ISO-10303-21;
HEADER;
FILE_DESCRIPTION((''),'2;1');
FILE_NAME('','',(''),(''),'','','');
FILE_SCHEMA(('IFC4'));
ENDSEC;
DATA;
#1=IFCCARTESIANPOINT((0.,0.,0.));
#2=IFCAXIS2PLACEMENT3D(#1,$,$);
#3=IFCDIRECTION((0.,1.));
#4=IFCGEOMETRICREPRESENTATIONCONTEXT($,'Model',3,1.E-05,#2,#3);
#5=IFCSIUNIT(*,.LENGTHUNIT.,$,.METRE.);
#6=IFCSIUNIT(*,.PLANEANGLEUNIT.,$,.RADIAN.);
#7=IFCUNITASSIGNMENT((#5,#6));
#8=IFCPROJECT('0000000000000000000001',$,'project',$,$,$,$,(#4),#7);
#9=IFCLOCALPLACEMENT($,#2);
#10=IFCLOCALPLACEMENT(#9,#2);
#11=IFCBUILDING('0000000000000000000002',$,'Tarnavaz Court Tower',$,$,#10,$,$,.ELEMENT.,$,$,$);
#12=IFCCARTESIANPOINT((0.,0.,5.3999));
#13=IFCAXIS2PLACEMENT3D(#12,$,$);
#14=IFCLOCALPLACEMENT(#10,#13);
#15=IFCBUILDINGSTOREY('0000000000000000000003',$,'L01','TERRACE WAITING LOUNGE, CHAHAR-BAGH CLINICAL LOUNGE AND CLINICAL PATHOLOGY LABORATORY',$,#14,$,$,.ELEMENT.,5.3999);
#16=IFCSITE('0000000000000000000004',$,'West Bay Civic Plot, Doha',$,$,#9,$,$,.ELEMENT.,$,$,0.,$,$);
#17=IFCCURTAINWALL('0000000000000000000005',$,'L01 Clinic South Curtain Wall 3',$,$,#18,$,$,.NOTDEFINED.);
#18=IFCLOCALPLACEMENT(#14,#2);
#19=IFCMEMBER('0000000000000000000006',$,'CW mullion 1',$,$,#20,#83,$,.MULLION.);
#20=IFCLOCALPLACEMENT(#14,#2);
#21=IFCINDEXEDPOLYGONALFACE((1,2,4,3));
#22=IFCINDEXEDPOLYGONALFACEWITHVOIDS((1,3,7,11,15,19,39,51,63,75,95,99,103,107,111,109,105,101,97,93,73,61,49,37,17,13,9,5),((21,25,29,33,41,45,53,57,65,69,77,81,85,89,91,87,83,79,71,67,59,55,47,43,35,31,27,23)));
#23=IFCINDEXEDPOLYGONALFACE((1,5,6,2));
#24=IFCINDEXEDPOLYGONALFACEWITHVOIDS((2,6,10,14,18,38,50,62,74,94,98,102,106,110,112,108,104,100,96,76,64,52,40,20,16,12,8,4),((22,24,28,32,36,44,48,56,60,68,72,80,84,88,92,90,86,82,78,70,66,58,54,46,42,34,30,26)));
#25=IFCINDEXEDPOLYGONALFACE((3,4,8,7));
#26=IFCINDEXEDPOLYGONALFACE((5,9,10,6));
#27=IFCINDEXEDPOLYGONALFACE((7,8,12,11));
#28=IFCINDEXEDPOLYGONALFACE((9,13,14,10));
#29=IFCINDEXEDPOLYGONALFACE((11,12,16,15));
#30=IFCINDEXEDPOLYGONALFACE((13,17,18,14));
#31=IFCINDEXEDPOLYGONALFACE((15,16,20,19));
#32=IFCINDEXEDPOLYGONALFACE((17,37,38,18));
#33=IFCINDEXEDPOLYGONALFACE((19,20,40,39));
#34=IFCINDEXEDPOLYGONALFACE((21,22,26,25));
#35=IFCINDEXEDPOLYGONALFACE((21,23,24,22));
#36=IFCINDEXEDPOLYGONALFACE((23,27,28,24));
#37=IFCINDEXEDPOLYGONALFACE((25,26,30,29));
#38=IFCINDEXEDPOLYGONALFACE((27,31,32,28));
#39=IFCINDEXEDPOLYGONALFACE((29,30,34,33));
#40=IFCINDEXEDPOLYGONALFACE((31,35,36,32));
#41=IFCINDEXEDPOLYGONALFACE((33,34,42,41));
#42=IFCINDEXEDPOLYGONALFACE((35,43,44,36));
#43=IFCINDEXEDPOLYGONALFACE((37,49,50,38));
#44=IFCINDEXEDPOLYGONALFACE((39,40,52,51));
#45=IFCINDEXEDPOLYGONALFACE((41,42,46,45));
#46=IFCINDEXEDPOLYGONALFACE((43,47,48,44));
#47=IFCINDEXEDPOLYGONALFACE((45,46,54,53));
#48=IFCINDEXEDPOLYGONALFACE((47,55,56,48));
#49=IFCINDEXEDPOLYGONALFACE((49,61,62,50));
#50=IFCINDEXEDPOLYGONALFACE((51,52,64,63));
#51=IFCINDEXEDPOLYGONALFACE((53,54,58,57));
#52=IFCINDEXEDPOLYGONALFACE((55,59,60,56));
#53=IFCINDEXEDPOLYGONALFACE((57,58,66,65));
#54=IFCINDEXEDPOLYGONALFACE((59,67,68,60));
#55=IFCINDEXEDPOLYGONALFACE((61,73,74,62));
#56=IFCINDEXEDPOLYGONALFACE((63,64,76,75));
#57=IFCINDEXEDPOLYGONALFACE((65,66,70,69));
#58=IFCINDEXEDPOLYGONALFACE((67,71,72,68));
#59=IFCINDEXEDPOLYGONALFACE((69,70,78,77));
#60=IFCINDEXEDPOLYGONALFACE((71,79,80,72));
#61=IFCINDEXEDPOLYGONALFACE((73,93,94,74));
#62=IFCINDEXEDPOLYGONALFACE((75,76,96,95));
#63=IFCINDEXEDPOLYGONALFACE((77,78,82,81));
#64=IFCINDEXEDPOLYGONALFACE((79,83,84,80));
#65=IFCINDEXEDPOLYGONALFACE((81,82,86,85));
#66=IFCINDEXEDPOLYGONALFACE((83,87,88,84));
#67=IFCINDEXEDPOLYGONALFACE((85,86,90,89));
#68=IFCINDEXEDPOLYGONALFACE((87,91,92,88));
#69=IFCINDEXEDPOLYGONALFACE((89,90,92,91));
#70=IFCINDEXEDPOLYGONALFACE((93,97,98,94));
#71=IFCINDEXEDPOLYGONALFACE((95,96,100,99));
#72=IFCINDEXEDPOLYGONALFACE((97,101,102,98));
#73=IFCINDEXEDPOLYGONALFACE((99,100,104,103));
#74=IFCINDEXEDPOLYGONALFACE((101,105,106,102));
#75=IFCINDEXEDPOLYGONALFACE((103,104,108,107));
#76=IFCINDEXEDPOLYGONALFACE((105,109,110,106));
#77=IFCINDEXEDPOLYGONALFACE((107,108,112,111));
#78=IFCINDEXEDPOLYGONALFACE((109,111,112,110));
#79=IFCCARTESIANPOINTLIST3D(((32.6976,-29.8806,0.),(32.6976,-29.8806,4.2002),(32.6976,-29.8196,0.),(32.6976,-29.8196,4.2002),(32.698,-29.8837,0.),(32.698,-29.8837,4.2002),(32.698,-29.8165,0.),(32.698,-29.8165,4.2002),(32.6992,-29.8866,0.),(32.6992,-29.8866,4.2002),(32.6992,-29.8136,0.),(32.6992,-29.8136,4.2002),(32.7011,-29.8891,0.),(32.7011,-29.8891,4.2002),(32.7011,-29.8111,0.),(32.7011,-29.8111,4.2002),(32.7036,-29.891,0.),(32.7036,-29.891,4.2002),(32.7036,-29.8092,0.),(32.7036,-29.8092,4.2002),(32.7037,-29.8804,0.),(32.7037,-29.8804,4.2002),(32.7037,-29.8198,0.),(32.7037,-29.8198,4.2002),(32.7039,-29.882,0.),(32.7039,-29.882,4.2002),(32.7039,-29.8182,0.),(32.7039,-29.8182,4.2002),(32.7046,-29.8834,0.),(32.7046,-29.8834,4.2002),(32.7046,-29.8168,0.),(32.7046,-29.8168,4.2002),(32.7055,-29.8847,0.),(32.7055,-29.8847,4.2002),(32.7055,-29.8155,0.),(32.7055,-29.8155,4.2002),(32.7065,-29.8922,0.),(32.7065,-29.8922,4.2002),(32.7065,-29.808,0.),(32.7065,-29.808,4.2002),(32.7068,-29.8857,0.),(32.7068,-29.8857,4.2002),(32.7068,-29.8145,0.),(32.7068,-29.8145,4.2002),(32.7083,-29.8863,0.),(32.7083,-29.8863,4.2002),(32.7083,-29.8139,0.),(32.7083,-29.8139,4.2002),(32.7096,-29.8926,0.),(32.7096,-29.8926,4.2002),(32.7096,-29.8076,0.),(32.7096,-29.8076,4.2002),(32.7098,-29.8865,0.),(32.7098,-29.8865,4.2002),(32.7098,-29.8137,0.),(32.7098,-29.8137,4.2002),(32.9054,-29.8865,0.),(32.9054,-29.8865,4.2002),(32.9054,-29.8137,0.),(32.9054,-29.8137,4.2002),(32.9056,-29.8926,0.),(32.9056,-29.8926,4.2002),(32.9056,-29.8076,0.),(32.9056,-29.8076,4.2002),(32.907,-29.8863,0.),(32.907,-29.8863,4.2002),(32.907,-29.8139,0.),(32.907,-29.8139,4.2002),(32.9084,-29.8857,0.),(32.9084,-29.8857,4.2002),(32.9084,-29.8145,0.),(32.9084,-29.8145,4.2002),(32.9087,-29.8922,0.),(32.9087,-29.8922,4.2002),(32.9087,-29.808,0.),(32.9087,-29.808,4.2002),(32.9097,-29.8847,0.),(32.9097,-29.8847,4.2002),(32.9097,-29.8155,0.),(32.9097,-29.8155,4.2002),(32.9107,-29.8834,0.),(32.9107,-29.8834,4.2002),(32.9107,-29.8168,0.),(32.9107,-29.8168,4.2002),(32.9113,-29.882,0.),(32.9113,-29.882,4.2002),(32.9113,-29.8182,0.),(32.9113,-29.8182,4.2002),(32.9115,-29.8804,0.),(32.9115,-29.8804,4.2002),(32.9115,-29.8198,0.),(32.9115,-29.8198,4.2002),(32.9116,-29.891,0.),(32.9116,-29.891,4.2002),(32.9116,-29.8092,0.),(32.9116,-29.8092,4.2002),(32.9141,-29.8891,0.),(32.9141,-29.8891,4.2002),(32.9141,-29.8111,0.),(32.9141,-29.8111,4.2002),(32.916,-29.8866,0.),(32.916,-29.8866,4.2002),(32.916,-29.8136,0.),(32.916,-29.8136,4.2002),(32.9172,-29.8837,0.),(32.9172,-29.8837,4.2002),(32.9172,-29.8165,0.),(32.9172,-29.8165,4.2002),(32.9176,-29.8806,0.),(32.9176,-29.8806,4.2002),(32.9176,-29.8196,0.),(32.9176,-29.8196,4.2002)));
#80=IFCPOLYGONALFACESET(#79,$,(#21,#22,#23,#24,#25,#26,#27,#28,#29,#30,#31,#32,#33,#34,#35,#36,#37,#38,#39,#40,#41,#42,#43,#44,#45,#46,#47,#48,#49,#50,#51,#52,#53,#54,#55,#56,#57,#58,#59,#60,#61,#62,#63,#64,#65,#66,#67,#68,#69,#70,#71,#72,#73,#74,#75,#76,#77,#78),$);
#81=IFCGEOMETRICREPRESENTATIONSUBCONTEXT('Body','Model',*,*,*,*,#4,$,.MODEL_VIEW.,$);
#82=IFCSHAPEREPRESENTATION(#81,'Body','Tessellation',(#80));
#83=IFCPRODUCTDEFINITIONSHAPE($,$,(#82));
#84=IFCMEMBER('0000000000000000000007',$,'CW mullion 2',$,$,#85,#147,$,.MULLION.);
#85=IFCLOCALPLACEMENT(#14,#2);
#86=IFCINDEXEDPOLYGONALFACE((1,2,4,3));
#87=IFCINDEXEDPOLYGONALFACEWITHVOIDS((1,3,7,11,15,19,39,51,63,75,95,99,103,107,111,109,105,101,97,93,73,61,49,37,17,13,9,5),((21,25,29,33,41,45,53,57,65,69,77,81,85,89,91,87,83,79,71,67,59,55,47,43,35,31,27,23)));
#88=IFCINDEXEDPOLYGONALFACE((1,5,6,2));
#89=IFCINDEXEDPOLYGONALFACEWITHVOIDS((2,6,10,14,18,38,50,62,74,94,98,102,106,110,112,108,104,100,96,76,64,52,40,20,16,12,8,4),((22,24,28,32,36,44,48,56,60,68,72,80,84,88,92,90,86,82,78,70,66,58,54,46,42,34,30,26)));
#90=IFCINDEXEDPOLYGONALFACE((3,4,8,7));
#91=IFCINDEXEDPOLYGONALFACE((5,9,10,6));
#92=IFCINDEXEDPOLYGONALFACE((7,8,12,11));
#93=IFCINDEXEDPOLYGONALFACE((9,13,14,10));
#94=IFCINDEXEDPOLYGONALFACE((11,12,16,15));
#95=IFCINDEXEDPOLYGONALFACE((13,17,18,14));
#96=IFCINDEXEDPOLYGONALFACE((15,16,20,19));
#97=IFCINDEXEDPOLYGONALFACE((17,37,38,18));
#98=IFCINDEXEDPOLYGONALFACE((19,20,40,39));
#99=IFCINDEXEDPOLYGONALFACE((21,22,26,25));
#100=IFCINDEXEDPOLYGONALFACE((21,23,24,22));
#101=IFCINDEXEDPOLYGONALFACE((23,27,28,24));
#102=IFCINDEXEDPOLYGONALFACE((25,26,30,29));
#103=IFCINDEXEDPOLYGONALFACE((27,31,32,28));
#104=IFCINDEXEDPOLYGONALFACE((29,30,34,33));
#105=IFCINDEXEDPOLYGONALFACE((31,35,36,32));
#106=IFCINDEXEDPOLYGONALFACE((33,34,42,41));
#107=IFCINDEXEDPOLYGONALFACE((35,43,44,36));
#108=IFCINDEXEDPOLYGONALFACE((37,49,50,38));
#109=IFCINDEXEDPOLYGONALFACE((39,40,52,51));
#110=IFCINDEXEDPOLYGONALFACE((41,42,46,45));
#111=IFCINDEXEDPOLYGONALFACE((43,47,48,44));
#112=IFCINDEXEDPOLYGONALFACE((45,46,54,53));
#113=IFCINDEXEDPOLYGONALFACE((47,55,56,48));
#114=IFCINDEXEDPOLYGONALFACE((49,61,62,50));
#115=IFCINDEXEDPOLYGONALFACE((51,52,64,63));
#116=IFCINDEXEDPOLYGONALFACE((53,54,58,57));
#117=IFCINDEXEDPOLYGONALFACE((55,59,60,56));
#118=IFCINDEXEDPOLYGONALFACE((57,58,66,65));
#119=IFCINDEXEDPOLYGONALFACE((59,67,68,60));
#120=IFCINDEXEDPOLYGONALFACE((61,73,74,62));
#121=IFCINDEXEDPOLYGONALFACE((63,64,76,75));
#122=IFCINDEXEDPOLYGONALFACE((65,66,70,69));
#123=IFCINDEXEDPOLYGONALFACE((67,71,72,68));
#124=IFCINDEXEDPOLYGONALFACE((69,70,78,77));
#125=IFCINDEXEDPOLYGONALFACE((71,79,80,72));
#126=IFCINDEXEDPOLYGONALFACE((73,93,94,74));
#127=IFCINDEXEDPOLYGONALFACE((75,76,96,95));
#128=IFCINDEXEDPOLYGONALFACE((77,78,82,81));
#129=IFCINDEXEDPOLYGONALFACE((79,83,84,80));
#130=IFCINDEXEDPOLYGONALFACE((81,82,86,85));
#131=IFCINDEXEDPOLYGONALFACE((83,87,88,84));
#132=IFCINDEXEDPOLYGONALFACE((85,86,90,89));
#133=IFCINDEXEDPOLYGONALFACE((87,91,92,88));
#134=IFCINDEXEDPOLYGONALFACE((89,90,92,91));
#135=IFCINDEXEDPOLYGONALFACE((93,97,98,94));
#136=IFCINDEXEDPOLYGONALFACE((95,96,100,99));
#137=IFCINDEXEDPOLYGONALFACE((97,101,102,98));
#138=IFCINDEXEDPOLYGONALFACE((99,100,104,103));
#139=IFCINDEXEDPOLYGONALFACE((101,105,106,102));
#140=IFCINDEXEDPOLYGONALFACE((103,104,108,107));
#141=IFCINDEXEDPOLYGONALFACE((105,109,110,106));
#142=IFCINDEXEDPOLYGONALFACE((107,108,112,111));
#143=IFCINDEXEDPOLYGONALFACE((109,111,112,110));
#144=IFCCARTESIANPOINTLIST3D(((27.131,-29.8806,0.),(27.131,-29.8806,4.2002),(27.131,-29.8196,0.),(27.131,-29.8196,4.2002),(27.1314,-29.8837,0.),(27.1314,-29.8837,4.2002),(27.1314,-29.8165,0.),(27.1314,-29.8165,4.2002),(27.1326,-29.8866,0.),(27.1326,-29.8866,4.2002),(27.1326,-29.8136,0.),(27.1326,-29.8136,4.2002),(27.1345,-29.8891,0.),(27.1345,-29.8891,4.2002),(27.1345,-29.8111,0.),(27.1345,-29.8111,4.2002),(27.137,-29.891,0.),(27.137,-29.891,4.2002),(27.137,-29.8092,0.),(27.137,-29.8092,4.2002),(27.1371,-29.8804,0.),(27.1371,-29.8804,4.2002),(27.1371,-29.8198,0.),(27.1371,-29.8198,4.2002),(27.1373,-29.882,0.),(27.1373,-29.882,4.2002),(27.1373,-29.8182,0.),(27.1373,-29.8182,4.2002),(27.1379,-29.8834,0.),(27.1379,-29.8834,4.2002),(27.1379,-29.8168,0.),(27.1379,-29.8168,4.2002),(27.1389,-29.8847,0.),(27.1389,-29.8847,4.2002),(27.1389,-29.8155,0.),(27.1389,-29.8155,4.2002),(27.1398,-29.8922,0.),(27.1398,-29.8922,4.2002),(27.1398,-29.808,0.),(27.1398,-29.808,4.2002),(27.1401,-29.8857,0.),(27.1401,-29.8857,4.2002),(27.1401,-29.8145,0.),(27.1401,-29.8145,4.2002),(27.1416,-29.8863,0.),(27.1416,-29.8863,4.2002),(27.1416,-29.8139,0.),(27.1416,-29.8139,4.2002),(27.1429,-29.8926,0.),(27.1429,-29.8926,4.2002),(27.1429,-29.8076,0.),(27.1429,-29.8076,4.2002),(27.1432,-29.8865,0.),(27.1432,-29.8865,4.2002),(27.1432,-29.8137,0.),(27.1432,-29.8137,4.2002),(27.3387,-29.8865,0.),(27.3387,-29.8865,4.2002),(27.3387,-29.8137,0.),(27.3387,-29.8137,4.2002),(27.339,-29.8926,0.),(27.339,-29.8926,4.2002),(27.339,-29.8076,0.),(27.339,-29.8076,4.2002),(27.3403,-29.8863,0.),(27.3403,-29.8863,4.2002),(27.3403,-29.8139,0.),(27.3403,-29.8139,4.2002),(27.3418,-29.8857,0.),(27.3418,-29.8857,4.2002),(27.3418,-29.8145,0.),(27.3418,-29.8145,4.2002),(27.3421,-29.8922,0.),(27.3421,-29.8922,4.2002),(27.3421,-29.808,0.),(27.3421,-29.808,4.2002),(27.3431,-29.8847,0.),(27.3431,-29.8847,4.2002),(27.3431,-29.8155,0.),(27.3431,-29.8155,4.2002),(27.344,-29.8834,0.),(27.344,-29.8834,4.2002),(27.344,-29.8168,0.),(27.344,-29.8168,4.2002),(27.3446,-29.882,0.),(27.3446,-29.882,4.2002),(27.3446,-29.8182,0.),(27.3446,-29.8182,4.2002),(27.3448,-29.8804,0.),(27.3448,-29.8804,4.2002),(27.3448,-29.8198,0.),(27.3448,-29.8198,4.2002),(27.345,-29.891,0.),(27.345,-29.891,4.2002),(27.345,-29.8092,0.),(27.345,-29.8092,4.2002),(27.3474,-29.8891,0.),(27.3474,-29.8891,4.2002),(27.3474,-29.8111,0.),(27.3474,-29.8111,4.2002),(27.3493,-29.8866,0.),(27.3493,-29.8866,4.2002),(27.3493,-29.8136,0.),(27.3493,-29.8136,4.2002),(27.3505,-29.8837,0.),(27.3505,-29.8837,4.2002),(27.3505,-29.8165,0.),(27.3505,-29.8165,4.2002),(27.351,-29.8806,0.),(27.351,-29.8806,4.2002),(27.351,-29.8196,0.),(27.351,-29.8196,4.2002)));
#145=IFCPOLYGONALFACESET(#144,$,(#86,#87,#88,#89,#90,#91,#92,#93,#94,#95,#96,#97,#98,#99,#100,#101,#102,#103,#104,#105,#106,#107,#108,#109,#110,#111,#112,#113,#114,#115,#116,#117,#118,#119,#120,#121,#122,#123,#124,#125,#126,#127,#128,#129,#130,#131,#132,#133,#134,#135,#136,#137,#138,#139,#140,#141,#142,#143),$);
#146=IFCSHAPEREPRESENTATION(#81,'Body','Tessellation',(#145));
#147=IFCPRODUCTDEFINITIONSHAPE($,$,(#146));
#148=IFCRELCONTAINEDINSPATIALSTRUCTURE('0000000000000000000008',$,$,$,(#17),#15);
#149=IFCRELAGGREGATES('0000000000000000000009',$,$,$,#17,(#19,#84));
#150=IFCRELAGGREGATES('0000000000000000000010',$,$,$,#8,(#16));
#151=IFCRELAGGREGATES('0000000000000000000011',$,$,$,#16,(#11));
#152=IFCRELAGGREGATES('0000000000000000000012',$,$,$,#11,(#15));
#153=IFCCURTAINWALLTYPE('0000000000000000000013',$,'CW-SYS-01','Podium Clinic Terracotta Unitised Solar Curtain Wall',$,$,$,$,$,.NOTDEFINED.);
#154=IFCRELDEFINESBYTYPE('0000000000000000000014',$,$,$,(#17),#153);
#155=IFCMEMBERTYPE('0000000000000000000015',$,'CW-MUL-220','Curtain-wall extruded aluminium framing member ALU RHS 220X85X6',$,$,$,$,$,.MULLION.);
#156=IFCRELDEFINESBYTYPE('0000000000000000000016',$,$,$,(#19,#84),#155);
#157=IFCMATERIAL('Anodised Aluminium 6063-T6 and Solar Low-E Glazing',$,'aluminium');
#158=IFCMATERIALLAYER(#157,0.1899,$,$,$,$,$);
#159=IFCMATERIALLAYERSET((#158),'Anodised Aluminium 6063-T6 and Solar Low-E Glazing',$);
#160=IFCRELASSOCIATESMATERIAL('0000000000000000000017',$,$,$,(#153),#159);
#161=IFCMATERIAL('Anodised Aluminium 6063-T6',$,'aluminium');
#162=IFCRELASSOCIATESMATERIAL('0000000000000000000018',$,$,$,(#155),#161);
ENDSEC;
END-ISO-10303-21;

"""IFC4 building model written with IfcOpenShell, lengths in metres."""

from ifc_helpers import new_model, si_unit, direction, frame, origin, origin_2d, place, context, subcontext, project, spatial, hollow_rectangle, extrude, material, layer, layer_set, material_profile, profile_set, type_object, element, aggregate, save


model = new_model("IFC4")

# Units and contexts
model_context = context("Model", 3, precision=1e-05, world=origin(), true_north=direction((0.0, 1.0)))
body_context = subcontext(model_context, "Body", "Model", "MODEL_VIEW")
ifc_project = project(units=[si_unit("LENGTHUNIT", "METRE"), si_unit("PLANEANGLEUNIT", "RADIAN")], contexts=[model_context])

# Site, building, storey
site_placement = place(None, origin())
site = spatial("IfcSite", under=ifc_project, at=site_placement, Name="West Bay Civic Plot, Doha", CompositionType="ELEMENT", RefElevation=0.0)
building_placement = place(site_placement, origin())
building = spatial("IfcBuilding", under=site, at=building_placement, Name="Tarnavaz Court Tower", CompositionType="ELEMENT")
storey_placement = place(building_placement, frame((0.0, 0.0, 5.3999)))
storey = spatial("IfcBuildingStorey", under=building, at=storey_placement, Name="L01", Description="TERRACE WAITING LOUNGE, CHAHAR-BAGH CLINICAL LOUNGE AND CLINICAL PATHOLOGY LABORATORY", CompositionType="ELEMENT", Elevation=5.3999)

# Curtain wall, members
ifc_material_1 = material(Name="Anodised Aluminium 6063-T6 and Solar Low-E Glazing", Category="aluminium")
ifc_layer_1 = layer(ifc_material_1, 0.1899)
ifc_layer_set_1 = layer_set([ifc_layer_1], Name="Anodised Aluminium 6063-T6 and Solar Low-E Glazing")
curtain_wall_type = type_object("IfcCurtainWallType", Name="CW-SYS-01", Description="Podium Clinic Terracotta Unitised Solar Curtain Wall", PredefinedType="NOTDEFINED", material=ifc_layer_set_1)
curtain_wall_placement = place(storey_placement, origin())
curtain_wall = element("IfcCurtainWall", 1, at=curtain_wall_placement, inside=storey, type_object=curtain_wall_type, Name="L01 Clinic South Curtain Wall 3", PredefinedType="NOTDEFINED")
ifc_material_2 = material(Name="Anodised Aluminium 6063-T6", Category="aluminium")
ifc_material_profile_1 = material_profile(ifc_material_2, hollow_rectangle(XDim=0.085, YDim=0.22, WallThickness=0.0061, InnerFilletRadius=0.0061, OuterFilletRadius=0.012, at=origin_2d()), Name="ALU RHS 220X85X6")
ifc_profile_set_1 = profile_set([ifc_material_profile_1], Name="Anodised Aluminium 6063-T6")
member_type_1 = type_object("IfcMemberType", Name="CW-MUL-220", Description="Curtain-wall extruded aluminium framing member ALU RHS 220X85X6", PredefinedType="MULLION", material=ifc_profile_set_1)
member_1_placement = place(storey_placement, frame((32.8076, -29.8501, 0.0), z_axis=(0.0, 0.0, 1.0), x_axis=(0.0, -1.0, 0.0)))
member_1 = element("IfcMember", 2, at=member_1_placement, type_object=member_type_1, Name="CW mullion 1", PredefinedType="MULLION", context=body_context, shape_type="SweptSolid", body=[
    extrude(hollow_rectangle(XDim=0.085, YDim=0.22, WallThickness=0.0061, InnerFilletRadius=0.0061, OuterFilletRadius=0.012, at=origin_2d()), origin(), (0.0, 0.0, 1.0), 4.2002),
])
member_2_placement = place(storey_placement, frame((27.241, -29.8501, 0.0), z_axis=(0.0, 0.0, 1.0), x_axis=(0.0, -1.0, 0.0)))
member_2 = element("IfcMember", 3, at=member_2_placement, type_object=member_type_1, Name="CW mullion 2", PredefinedType="MULLION", context=body_context, shape_type="SweptSolid", body=[
    extrude(hollow_rectangle(XDim=0.085, YDim=0.22, WallThickness=0.0061, InnerFilletRadius=0.0061, OuterFilletRadius=0.012, at=origin_2d()), origin(), (0.0, 0.0, 1.0), 4.2002),
])
aggregate(curtain_wall, [member_1, member_2])

save(model, "model.ifc")
